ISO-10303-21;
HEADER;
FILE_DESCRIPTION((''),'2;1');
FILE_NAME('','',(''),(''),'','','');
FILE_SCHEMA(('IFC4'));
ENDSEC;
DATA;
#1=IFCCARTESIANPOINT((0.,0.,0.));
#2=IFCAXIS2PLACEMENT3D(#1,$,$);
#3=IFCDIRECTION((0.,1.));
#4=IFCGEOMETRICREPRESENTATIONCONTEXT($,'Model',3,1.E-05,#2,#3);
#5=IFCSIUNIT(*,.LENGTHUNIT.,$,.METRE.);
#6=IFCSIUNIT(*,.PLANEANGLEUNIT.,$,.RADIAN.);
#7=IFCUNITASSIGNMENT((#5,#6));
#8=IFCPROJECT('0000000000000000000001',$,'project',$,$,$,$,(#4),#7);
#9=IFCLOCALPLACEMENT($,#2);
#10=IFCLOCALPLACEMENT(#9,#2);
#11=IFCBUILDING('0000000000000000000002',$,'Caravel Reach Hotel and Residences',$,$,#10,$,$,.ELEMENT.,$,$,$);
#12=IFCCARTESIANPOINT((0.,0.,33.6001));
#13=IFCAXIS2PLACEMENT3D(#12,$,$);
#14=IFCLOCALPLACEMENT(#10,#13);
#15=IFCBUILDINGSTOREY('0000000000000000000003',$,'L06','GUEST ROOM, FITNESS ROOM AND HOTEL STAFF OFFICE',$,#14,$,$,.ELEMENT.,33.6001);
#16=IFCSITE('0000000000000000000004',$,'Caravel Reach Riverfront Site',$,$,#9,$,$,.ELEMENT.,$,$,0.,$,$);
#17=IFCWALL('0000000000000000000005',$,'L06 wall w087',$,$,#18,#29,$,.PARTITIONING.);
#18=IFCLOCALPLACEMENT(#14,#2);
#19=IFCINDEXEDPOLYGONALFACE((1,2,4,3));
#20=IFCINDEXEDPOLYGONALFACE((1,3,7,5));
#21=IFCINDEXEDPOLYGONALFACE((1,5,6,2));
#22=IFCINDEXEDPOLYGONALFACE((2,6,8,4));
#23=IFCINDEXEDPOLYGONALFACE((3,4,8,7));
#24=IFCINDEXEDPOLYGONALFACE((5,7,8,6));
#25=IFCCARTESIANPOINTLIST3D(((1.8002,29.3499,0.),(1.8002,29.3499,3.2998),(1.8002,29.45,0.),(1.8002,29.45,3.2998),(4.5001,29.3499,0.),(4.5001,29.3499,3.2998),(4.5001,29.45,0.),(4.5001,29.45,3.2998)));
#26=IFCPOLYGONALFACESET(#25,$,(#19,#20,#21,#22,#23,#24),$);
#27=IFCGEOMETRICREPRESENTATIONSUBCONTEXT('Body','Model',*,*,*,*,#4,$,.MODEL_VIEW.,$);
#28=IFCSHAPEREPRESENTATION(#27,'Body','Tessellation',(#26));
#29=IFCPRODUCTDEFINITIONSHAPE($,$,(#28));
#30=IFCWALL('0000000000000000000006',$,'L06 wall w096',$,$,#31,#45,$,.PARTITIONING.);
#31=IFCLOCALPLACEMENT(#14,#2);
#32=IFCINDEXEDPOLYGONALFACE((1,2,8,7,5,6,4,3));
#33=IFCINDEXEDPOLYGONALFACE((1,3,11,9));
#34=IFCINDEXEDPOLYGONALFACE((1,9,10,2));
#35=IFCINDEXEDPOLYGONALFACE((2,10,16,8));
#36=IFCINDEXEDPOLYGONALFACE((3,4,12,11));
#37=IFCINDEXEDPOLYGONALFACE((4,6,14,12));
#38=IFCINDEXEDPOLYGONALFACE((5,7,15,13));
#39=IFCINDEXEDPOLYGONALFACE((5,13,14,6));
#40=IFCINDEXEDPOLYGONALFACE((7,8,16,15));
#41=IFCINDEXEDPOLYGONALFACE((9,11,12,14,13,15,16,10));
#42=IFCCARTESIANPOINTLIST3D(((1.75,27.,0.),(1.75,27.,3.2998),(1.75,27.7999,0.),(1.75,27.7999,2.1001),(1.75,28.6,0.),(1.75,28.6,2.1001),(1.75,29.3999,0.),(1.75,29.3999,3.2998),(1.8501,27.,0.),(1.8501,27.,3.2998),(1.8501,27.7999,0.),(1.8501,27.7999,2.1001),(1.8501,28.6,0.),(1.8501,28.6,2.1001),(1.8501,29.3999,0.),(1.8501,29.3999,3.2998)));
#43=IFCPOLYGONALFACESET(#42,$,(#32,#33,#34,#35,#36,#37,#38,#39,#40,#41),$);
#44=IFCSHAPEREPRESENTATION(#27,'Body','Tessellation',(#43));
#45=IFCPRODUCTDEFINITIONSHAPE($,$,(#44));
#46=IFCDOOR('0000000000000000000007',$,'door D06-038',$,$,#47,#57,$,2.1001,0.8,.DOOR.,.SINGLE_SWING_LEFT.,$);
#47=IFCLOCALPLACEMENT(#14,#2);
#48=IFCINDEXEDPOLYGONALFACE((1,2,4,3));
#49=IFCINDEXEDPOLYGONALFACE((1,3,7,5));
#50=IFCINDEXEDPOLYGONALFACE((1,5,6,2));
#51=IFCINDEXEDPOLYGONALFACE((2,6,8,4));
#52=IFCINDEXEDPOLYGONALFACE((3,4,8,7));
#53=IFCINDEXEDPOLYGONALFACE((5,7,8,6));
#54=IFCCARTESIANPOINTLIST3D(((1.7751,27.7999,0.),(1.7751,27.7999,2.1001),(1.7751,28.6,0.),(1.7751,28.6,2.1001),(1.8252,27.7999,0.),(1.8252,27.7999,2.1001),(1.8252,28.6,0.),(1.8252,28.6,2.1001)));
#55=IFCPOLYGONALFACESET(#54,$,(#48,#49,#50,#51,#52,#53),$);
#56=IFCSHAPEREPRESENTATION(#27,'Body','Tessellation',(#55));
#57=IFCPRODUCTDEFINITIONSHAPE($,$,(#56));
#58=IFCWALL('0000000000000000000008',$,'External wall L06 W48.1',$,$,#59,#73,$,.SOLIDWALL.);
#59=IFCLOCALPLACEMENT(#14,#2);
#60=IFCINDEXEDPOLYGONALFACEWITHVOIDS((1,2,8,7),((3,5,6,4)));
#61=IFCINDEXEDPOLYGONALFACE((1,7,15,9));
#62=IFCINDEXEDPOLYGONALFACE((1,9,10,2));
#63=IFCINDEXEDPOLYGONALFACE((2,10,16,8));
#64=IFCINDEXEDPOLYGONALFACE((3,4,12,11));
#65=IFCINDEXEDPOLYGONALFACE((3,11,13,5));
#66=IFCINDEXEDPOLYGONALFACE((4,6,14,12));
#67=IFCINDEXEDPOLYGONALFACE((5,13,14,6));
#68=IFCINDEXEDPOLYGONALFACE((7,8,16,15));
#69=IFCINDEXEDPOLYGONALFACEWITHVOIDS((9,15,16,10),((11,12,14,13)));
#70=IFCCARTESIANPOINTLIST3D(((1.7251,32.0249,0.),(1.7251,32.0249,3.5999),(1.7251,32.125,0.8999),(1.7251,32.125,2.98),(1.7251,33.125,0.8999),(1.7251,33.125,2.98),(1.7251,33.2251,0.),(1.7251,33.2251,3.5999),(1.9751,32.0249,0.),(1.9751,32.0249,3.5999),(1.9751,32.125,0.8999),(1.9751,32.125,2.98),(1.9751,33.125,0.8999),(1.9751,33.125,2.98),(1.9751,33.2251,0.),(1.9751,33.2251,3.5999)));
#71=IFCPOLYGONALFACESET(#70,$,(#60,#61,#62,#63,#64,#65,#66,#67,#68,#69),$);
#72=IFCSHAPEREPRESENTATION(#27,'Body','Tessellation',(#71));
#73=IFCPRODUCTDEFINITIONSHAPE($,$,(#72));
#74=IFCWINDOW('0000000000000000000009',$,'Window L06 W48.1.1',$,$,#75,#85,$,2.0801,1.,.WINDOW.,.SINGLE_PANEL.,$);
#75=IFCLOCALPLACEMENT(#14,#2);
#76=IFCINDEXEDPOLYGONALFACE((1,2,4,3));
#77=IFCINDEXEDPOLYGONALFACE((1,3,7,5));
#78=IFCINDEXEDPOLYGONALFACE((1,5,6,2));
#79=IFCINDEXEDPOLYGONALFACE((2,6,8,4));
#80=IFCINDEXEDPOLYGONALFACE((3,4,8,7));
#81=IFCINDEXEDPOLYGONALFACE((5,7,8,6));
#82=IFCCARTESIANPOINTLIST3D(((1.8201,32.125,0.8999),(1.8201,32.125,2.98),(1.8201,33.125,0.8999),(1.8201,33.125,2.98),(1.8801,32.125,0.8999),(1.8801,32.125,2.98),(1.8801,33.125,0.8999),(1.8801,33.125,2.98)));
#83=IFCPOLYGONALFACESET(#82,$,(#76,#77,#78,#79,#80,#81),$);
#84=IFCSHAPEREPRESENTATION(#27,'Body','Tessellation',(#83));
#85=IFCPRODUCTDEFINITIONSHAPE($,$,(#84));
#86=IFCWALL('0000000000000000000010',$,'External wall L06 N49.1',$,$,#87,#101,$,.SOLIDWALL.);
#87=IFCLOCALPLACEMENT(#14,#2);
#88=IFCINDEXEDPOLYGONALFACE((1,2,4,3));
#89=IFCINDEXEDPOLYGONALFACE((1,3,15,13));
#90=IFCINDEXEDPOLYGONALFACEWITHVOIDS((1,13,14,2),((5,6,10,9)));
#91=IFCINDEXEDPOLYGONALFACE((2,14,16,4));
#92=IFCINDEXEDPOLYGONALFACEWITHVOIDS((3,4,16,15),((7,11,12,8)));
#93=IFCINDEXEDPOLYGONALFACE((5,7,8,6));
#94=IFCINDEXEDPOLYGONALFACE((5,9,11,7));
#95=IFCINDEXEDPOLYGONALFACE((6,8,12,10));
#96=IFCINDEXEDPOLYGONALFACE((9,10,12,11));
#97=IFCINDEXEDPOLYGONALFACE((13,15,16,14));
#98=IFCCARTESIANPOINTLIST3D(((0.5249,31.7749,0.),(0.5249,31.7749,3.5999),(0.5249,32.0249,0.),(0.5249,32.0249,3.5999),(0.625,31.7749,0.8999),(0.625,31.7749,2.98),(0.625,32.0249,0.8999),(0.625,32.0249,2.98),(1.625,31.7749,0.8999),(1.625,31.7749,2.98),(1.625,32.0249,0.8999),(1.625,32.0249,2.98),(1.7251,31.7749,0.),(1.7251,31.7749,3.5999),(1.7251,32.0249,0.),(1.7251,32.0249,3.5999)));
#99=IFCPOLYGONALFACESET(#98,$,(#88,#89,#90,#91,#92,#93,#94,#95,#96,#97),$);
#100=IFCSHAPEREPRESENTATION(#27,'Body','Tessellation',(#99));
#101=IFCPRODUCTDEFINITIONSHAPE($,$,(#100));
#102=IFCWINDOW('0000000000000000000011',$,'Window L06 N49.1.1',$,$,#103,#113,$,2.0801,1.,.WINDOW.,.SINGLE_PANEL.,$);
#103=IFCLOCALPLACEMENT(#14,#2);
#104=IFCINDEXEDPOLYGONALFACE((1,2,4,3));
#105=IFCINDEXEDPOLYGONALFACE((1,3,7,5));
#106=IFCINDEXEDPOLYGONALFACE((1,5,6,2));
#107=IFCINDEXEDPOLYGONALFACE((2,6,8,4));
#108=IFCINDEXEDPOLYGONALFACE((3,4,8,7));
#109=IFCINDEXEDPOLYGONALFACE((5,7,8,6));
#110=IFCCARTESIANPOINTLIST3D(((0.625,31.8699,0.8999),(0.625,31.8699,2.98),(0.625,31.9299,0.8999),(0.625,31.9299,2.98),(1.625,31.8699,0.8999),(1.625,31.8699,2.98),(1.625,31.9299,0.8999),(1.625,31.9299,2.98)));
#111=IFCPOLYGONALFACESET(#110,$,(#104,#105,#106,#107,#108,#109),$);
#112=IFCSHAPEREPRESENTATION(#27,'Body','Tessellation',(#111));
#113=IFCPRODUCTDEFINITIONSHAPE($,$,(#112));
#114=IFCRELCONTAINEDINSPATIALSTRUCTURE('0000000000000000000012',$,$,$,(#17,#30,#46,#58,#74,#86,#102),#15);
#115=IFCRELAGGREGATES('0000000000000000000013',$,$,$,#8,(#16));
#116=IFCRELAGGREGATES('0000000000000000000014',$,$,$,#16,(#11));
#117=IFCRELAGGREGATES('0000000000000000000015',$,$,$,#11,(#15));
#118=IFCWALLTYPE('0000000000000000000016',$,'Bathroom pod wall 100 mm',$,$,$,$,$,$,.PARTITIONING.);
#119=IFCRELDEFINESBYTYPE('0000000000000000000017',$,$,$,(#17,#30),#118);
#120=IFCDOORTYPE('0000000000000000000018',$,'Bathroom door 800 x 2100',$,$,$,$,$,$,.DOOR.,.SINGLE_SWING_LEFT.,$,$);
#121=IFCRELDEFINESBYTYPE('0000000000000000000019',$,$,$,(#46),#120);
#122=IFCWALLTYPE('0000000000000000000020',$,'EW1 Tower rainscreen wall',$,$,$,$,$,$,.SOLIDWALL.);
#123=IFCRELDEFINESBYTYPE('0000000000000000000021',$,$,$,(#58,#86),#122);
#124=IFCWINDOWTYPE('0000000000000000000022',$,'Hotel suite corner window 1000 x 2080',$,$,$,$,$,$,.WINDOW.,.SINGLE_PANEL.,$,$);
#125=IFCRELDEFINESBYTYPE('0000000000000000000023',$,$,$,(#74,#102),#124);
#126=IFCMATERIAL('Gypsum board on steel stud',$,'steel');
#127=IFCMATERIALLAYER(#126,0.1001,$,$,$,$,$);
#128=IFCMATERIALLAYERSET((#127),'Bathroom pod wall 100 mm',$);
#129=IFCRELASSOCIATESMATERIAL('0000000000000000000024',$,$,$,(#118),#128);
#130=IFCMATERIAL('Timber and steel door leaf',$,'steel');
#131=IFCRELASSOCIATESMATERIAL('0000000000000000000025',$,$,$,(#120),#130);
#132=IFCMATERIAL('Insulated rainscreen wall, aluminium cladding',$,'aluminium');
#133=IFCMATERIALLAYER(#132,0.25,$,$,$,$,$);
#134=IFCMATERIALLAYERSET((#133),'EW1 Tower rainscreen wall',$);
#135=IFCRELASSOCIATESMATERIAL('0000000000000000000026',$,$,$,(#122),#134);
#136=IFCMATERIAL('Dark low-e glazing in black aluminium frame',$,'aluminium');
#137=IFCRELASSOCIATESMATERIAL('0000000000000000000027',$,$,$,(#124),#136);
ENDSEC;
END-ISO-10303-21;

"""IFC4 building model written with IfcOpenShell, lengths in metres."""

from ifc_helpers import new_model, si_unit, direction, frame, frame_2d, origin, place, context, subcontext, project, spatial, rectangle, extrude, material, layer, layer_set, type_object, element, fill, save


model = new_model("IFC4")

# Units and contexts
model_context = context("Model", 3, precision=1e-05, world=origin(), true_north=direction((0.0, 1.0)))
body_context = subcontext(model_context, "Body", "Model", "MODEL_VIEW")
ifc_project = project(units=[si_unit("LENGTHUNIT", "METRE"), si_unit("PLANEANGLEUNIT", "RADIAN")], contexts=[model_context])

# Site, building, storey
site_placement = place(None, origin())
site = spatial("IfcSite", under=ifc_project, at=site_placement, Name="Caravel Reach Riverfront Site", CompositionType="ELEMENT", RefElevation=0.0)
building_placement = place(site_placement, origin())
building = spatial("IfcBuilding", under=site, at=building_placement, Name="Caravel Reach Hotel and Residences", CompositionType="ELEMENT")
storey_placement = place(building_placement, frame((0.0, 0.0, 33.6001)))
storey = spatial("IfcBuildingStorey", under=building, at=storey_placement, Name="L06", Description="GUEST ROOM, FITNESS ROOM AND HOTEL STAFF OFFICE", CompositionType="ELEMENT", Elevation=33.6001)

# Wall
ifc_material_1 = material(Name="Gypsum board on steel stud", Category="steel")
ifc_layer_1 = layer(ifc_material_1, 0.1001)
ifc_layer_set_1 = layer_set([ifc_layer_1], Name="Bathroom pod wall 100 mm")
wall_type_1 = type_object("IfcWallType", Name="Bathroom pod wall 100 mm", PredefinedType="PARTITIONING", material=ifc_layer_set_1)
wall_1_placement = place(storey_placement, frame((1.8, 29.3999, 0.0), z_axis=(0.0, 0.0, 1.0), x_axis=(1.0, 0.0, 0.0)))
element("IfcWall", 1, at=wall_1_placement, inside=storey, type_object=wall_type_1, Name="L06 wall w087", PredefinedType="PARTITIONING", context=body_context, shape_type="SweptSolid", body=[
    extrude(rectangle(XDim=2.7, YDim=0.1001, at=frame_2d((1.3501, 0.0))), origin(), (0.0, 0.0, 1.0), 3.2998),
])

# Wall, opening, door
wall_2_placement = place(storey_placement, frame((1.8, 27.0, 0.0), z_axis=(0.0, 0.0, 1.0), x_axis=(0.0, 1.0, 0.0)))
wall_2 = element("IfcWall", 2, at=wall_2_placement, inside=storey, type_object=wall_type_1, Name="L06 wall w096", PredefinedType="PARTITIONING", context=body_context, shape_type="SweptSolid", body=[
    extrude(rectangle(XDim=2.3999, YDim=0.1001, at=frame_2d((1.2, 0.0))), origin(), (0.0, 0.0, 1.0), 3.2998),
])
opening_1_placement = place(wall_2_placement, frame((0.8, 0.0, 0.0)))
opening_1 = element("IfcOpeningElement", 3, at=opening_1_placement, cuts=wall_2, PredefinedType="OPENING", context=body_context, shape_type="SweptSolid", body=[
    extrude(rectangle(XDim=0.8, YDim=2.1001, at=frame_2d((0.3999, 1.05))), frame((0.0, 0.0601, 0.0), z_axis=(0.0, -1.0, 0.0), x_axis=(1.0, 0.0, 0.0)), (0.0, 0.0, 1.0), 0.1201),
])
ifc_material_2 = material(Name="Timber and steel door leaf", Category="steel")
door_type_1 = type_object("IfcDoorType", Name="Bathroom door 800 x 2100", OperationType="SINGLE_SWING_LEFT", PredefinedType="DOOR", material=ifc_material_2)
door_1_placement = place(opening_1_placement, origin())
door_1 = element("IfcDoor", 4, at=door_1_placement, inside=storey, type_object=door_type_1, Name="door D06-038", OperationType="SINGLE_SWING_LEFT", OverallHeight=2.1001, OverallWidth=0.8, PredefinedType="DOOR", context=body_context, shape_type="SweptSolid", body=[
    extrude(rectangle(XDim=0.8, YDim=2.1001, at=frame_2d((0.3999, 1.05))), frame((0.0, 0.0249, 0.0), z_axis=(0.0, -1.0, 0.0), x_axis=(1.0, 0.0, 0.0)), (0.0, 0.0, 1.0), 0.05),
])
fill(opening_1, door_1)

# Walls, openings, windows
ifc_material_3 = material(Name="Insulated rainscreen wall, aluminium cladding", Category="aluminium")
ifc_layer_2 = layer(ifc_material_3, 0.25)
ifc_layer_set_2 = layer_set([ifc_layer_2], Name="EW1 Tower rainscreen wall")
wall_type_2 = type_object("IfcWallType", Name="EW1 Tower rainscreen wall", PredefinedType="SOLIDWALL", material=ifc_layer_set_2)
wall_3_placement = place(storey_placement, frame((1.8501, 33.2251, 0.0), z_axis=(0.0, 0.0, 1.0), x_axis=(0.0, -1.0, 0.0)))
wall_3 = element("IfcWall", 5, at=wall_3_placement, inside=storey, type_object=wall_type_2, Name="External wall L06 W48.1", PredefinedType="SOLIDWALL", context=body_context, shape_type="SweptSolid", body=[
    extrude(rectangle(XDim=1.2002, YDim=0.25, at=frame_2d((0.6001, 0.0))), origin(), (0.0, 0.0, 1.0), 3.5999),
])
opening_2_placement = place(wall_3_placement, frame((0.1001, 0.0, 0.8999)))
opening_2 = element("IfcOpeningElement", 6, at=opening_2_placement, cuts=wall_3, PredefinedType="OPENING", context=body_context, shape_type="SweptSolid", body=[
    extrude(rectangle(XDim=1.0, YDim=2.0801, at=frame_2d((0.5, 1.04))), frame((0.0, 0.135, 0.0), z_axis=(0.0, -1.0, 0.0), x_axis=(1.0, 0.0, 0.0)), (0.0, 0.0, 1.0), 0.27),
])
ifc_material_4 = material(Name="Dark low-e glazing in black aluminium frame", Category="aluminium")
window_type_1 = type_object("IfcWindowType", Name="Hotel suite corner window 1000 x 2080", PartitioningType="SINGLE_PANEL", PredefinedType="WINDOW", material=ifc_material_4)
window_1_placement = place(opening_2_placement, origin())
window_1 = element("IfcWindow", 7, at=window_1_placement, inside=storey, type_object=window_type_1, Name="Window L06 W48.1.1", OverallHeight=2.0801, OverallWidth=1.0, PartitioningType="SINGLE_PANEL", PredefinedType="WINDOW", context=body_context, shape_type="SweptSolid", body=[
    extrude(rectangle(XDim=1.0, YDim=2.0801, at=frame_2d((0.5, 1.04))), frame((0.0, 0.03, 0.0), z_axis=(0.0, -1.0, 0.0), x_axis=(1.0, 0.0, 0.0)), (0.0, 0.0, 1.0), 0.0601),
])
fill(opening_2, window_1)
wall_4_placement = place(storey_placement, frame((1.7251, 31.8999, 0.0), z_axis=(0.0, 0.0, 1.0), x_axis=(-1.0, 0.0, 0.0)))
wall_4 = element("IfcWall", 8, at=wall_4_placement, inside=storey, type_object=wall_type_2, Name="External wall L06 N49.1", PredefinedType="SOLIDWALL", context=body_context, shape_type="SweptSolid", body=[
    extrude(rectangle(XDim=1.2002, YDim=0.25, at=frame_2d((0.6001, 0.0))), origin(), (0.0, 0.0, 1.0), 3.5999),
])
opening_3_placement = place(wall_4_placement, frame((0.1001, 0.0, 0.8999)))
opening_3 = element("IfcOpeningElement", 9, at=opening_3_placement, cuts=wall_4, PredefinedType="OPENING", context=body_context, shape_type="SweptSolid", body=[
    extrude(rectangle(XDim=1.0, YDim=2.0801, at=frame_2d((0.5, 1.04))), frame((0.0, 0.135, 0.0), z_axis=(0.0, -1.0, 0.0), x_axis=(1.0, 0.0, 0.0)), (0.0, 0.0, 1.0), 0.27),
])
window_2_placement = place(opening_3_placement, origin())
window_2 = element("IfcWindow", 10, at=window_2_placement, inside=storey, type_object=window_type_1, Name="Window L06 N49.1.1", OverallHeight=2.0801, OverallWidth=1.0, PartitioningType="SINGLE_PANEL", PredefinedType="WINDOW", context=body_context, shape_type="SweptSolid", body=[
    extrude(rectangle(XDim=1.0, YDim=2.0801, at=frame_2d((0.5, 1.04))), frame((0.0, 0.03, 0.0), z_axis=(0.0, -1.0, 0.0), x_axis=(1.0, 0.0, 0.0)), (0.0, 0.0, 1.0), 0.0601),
])
fill(opening_3, window_2)

save(model, "model.ifc")
